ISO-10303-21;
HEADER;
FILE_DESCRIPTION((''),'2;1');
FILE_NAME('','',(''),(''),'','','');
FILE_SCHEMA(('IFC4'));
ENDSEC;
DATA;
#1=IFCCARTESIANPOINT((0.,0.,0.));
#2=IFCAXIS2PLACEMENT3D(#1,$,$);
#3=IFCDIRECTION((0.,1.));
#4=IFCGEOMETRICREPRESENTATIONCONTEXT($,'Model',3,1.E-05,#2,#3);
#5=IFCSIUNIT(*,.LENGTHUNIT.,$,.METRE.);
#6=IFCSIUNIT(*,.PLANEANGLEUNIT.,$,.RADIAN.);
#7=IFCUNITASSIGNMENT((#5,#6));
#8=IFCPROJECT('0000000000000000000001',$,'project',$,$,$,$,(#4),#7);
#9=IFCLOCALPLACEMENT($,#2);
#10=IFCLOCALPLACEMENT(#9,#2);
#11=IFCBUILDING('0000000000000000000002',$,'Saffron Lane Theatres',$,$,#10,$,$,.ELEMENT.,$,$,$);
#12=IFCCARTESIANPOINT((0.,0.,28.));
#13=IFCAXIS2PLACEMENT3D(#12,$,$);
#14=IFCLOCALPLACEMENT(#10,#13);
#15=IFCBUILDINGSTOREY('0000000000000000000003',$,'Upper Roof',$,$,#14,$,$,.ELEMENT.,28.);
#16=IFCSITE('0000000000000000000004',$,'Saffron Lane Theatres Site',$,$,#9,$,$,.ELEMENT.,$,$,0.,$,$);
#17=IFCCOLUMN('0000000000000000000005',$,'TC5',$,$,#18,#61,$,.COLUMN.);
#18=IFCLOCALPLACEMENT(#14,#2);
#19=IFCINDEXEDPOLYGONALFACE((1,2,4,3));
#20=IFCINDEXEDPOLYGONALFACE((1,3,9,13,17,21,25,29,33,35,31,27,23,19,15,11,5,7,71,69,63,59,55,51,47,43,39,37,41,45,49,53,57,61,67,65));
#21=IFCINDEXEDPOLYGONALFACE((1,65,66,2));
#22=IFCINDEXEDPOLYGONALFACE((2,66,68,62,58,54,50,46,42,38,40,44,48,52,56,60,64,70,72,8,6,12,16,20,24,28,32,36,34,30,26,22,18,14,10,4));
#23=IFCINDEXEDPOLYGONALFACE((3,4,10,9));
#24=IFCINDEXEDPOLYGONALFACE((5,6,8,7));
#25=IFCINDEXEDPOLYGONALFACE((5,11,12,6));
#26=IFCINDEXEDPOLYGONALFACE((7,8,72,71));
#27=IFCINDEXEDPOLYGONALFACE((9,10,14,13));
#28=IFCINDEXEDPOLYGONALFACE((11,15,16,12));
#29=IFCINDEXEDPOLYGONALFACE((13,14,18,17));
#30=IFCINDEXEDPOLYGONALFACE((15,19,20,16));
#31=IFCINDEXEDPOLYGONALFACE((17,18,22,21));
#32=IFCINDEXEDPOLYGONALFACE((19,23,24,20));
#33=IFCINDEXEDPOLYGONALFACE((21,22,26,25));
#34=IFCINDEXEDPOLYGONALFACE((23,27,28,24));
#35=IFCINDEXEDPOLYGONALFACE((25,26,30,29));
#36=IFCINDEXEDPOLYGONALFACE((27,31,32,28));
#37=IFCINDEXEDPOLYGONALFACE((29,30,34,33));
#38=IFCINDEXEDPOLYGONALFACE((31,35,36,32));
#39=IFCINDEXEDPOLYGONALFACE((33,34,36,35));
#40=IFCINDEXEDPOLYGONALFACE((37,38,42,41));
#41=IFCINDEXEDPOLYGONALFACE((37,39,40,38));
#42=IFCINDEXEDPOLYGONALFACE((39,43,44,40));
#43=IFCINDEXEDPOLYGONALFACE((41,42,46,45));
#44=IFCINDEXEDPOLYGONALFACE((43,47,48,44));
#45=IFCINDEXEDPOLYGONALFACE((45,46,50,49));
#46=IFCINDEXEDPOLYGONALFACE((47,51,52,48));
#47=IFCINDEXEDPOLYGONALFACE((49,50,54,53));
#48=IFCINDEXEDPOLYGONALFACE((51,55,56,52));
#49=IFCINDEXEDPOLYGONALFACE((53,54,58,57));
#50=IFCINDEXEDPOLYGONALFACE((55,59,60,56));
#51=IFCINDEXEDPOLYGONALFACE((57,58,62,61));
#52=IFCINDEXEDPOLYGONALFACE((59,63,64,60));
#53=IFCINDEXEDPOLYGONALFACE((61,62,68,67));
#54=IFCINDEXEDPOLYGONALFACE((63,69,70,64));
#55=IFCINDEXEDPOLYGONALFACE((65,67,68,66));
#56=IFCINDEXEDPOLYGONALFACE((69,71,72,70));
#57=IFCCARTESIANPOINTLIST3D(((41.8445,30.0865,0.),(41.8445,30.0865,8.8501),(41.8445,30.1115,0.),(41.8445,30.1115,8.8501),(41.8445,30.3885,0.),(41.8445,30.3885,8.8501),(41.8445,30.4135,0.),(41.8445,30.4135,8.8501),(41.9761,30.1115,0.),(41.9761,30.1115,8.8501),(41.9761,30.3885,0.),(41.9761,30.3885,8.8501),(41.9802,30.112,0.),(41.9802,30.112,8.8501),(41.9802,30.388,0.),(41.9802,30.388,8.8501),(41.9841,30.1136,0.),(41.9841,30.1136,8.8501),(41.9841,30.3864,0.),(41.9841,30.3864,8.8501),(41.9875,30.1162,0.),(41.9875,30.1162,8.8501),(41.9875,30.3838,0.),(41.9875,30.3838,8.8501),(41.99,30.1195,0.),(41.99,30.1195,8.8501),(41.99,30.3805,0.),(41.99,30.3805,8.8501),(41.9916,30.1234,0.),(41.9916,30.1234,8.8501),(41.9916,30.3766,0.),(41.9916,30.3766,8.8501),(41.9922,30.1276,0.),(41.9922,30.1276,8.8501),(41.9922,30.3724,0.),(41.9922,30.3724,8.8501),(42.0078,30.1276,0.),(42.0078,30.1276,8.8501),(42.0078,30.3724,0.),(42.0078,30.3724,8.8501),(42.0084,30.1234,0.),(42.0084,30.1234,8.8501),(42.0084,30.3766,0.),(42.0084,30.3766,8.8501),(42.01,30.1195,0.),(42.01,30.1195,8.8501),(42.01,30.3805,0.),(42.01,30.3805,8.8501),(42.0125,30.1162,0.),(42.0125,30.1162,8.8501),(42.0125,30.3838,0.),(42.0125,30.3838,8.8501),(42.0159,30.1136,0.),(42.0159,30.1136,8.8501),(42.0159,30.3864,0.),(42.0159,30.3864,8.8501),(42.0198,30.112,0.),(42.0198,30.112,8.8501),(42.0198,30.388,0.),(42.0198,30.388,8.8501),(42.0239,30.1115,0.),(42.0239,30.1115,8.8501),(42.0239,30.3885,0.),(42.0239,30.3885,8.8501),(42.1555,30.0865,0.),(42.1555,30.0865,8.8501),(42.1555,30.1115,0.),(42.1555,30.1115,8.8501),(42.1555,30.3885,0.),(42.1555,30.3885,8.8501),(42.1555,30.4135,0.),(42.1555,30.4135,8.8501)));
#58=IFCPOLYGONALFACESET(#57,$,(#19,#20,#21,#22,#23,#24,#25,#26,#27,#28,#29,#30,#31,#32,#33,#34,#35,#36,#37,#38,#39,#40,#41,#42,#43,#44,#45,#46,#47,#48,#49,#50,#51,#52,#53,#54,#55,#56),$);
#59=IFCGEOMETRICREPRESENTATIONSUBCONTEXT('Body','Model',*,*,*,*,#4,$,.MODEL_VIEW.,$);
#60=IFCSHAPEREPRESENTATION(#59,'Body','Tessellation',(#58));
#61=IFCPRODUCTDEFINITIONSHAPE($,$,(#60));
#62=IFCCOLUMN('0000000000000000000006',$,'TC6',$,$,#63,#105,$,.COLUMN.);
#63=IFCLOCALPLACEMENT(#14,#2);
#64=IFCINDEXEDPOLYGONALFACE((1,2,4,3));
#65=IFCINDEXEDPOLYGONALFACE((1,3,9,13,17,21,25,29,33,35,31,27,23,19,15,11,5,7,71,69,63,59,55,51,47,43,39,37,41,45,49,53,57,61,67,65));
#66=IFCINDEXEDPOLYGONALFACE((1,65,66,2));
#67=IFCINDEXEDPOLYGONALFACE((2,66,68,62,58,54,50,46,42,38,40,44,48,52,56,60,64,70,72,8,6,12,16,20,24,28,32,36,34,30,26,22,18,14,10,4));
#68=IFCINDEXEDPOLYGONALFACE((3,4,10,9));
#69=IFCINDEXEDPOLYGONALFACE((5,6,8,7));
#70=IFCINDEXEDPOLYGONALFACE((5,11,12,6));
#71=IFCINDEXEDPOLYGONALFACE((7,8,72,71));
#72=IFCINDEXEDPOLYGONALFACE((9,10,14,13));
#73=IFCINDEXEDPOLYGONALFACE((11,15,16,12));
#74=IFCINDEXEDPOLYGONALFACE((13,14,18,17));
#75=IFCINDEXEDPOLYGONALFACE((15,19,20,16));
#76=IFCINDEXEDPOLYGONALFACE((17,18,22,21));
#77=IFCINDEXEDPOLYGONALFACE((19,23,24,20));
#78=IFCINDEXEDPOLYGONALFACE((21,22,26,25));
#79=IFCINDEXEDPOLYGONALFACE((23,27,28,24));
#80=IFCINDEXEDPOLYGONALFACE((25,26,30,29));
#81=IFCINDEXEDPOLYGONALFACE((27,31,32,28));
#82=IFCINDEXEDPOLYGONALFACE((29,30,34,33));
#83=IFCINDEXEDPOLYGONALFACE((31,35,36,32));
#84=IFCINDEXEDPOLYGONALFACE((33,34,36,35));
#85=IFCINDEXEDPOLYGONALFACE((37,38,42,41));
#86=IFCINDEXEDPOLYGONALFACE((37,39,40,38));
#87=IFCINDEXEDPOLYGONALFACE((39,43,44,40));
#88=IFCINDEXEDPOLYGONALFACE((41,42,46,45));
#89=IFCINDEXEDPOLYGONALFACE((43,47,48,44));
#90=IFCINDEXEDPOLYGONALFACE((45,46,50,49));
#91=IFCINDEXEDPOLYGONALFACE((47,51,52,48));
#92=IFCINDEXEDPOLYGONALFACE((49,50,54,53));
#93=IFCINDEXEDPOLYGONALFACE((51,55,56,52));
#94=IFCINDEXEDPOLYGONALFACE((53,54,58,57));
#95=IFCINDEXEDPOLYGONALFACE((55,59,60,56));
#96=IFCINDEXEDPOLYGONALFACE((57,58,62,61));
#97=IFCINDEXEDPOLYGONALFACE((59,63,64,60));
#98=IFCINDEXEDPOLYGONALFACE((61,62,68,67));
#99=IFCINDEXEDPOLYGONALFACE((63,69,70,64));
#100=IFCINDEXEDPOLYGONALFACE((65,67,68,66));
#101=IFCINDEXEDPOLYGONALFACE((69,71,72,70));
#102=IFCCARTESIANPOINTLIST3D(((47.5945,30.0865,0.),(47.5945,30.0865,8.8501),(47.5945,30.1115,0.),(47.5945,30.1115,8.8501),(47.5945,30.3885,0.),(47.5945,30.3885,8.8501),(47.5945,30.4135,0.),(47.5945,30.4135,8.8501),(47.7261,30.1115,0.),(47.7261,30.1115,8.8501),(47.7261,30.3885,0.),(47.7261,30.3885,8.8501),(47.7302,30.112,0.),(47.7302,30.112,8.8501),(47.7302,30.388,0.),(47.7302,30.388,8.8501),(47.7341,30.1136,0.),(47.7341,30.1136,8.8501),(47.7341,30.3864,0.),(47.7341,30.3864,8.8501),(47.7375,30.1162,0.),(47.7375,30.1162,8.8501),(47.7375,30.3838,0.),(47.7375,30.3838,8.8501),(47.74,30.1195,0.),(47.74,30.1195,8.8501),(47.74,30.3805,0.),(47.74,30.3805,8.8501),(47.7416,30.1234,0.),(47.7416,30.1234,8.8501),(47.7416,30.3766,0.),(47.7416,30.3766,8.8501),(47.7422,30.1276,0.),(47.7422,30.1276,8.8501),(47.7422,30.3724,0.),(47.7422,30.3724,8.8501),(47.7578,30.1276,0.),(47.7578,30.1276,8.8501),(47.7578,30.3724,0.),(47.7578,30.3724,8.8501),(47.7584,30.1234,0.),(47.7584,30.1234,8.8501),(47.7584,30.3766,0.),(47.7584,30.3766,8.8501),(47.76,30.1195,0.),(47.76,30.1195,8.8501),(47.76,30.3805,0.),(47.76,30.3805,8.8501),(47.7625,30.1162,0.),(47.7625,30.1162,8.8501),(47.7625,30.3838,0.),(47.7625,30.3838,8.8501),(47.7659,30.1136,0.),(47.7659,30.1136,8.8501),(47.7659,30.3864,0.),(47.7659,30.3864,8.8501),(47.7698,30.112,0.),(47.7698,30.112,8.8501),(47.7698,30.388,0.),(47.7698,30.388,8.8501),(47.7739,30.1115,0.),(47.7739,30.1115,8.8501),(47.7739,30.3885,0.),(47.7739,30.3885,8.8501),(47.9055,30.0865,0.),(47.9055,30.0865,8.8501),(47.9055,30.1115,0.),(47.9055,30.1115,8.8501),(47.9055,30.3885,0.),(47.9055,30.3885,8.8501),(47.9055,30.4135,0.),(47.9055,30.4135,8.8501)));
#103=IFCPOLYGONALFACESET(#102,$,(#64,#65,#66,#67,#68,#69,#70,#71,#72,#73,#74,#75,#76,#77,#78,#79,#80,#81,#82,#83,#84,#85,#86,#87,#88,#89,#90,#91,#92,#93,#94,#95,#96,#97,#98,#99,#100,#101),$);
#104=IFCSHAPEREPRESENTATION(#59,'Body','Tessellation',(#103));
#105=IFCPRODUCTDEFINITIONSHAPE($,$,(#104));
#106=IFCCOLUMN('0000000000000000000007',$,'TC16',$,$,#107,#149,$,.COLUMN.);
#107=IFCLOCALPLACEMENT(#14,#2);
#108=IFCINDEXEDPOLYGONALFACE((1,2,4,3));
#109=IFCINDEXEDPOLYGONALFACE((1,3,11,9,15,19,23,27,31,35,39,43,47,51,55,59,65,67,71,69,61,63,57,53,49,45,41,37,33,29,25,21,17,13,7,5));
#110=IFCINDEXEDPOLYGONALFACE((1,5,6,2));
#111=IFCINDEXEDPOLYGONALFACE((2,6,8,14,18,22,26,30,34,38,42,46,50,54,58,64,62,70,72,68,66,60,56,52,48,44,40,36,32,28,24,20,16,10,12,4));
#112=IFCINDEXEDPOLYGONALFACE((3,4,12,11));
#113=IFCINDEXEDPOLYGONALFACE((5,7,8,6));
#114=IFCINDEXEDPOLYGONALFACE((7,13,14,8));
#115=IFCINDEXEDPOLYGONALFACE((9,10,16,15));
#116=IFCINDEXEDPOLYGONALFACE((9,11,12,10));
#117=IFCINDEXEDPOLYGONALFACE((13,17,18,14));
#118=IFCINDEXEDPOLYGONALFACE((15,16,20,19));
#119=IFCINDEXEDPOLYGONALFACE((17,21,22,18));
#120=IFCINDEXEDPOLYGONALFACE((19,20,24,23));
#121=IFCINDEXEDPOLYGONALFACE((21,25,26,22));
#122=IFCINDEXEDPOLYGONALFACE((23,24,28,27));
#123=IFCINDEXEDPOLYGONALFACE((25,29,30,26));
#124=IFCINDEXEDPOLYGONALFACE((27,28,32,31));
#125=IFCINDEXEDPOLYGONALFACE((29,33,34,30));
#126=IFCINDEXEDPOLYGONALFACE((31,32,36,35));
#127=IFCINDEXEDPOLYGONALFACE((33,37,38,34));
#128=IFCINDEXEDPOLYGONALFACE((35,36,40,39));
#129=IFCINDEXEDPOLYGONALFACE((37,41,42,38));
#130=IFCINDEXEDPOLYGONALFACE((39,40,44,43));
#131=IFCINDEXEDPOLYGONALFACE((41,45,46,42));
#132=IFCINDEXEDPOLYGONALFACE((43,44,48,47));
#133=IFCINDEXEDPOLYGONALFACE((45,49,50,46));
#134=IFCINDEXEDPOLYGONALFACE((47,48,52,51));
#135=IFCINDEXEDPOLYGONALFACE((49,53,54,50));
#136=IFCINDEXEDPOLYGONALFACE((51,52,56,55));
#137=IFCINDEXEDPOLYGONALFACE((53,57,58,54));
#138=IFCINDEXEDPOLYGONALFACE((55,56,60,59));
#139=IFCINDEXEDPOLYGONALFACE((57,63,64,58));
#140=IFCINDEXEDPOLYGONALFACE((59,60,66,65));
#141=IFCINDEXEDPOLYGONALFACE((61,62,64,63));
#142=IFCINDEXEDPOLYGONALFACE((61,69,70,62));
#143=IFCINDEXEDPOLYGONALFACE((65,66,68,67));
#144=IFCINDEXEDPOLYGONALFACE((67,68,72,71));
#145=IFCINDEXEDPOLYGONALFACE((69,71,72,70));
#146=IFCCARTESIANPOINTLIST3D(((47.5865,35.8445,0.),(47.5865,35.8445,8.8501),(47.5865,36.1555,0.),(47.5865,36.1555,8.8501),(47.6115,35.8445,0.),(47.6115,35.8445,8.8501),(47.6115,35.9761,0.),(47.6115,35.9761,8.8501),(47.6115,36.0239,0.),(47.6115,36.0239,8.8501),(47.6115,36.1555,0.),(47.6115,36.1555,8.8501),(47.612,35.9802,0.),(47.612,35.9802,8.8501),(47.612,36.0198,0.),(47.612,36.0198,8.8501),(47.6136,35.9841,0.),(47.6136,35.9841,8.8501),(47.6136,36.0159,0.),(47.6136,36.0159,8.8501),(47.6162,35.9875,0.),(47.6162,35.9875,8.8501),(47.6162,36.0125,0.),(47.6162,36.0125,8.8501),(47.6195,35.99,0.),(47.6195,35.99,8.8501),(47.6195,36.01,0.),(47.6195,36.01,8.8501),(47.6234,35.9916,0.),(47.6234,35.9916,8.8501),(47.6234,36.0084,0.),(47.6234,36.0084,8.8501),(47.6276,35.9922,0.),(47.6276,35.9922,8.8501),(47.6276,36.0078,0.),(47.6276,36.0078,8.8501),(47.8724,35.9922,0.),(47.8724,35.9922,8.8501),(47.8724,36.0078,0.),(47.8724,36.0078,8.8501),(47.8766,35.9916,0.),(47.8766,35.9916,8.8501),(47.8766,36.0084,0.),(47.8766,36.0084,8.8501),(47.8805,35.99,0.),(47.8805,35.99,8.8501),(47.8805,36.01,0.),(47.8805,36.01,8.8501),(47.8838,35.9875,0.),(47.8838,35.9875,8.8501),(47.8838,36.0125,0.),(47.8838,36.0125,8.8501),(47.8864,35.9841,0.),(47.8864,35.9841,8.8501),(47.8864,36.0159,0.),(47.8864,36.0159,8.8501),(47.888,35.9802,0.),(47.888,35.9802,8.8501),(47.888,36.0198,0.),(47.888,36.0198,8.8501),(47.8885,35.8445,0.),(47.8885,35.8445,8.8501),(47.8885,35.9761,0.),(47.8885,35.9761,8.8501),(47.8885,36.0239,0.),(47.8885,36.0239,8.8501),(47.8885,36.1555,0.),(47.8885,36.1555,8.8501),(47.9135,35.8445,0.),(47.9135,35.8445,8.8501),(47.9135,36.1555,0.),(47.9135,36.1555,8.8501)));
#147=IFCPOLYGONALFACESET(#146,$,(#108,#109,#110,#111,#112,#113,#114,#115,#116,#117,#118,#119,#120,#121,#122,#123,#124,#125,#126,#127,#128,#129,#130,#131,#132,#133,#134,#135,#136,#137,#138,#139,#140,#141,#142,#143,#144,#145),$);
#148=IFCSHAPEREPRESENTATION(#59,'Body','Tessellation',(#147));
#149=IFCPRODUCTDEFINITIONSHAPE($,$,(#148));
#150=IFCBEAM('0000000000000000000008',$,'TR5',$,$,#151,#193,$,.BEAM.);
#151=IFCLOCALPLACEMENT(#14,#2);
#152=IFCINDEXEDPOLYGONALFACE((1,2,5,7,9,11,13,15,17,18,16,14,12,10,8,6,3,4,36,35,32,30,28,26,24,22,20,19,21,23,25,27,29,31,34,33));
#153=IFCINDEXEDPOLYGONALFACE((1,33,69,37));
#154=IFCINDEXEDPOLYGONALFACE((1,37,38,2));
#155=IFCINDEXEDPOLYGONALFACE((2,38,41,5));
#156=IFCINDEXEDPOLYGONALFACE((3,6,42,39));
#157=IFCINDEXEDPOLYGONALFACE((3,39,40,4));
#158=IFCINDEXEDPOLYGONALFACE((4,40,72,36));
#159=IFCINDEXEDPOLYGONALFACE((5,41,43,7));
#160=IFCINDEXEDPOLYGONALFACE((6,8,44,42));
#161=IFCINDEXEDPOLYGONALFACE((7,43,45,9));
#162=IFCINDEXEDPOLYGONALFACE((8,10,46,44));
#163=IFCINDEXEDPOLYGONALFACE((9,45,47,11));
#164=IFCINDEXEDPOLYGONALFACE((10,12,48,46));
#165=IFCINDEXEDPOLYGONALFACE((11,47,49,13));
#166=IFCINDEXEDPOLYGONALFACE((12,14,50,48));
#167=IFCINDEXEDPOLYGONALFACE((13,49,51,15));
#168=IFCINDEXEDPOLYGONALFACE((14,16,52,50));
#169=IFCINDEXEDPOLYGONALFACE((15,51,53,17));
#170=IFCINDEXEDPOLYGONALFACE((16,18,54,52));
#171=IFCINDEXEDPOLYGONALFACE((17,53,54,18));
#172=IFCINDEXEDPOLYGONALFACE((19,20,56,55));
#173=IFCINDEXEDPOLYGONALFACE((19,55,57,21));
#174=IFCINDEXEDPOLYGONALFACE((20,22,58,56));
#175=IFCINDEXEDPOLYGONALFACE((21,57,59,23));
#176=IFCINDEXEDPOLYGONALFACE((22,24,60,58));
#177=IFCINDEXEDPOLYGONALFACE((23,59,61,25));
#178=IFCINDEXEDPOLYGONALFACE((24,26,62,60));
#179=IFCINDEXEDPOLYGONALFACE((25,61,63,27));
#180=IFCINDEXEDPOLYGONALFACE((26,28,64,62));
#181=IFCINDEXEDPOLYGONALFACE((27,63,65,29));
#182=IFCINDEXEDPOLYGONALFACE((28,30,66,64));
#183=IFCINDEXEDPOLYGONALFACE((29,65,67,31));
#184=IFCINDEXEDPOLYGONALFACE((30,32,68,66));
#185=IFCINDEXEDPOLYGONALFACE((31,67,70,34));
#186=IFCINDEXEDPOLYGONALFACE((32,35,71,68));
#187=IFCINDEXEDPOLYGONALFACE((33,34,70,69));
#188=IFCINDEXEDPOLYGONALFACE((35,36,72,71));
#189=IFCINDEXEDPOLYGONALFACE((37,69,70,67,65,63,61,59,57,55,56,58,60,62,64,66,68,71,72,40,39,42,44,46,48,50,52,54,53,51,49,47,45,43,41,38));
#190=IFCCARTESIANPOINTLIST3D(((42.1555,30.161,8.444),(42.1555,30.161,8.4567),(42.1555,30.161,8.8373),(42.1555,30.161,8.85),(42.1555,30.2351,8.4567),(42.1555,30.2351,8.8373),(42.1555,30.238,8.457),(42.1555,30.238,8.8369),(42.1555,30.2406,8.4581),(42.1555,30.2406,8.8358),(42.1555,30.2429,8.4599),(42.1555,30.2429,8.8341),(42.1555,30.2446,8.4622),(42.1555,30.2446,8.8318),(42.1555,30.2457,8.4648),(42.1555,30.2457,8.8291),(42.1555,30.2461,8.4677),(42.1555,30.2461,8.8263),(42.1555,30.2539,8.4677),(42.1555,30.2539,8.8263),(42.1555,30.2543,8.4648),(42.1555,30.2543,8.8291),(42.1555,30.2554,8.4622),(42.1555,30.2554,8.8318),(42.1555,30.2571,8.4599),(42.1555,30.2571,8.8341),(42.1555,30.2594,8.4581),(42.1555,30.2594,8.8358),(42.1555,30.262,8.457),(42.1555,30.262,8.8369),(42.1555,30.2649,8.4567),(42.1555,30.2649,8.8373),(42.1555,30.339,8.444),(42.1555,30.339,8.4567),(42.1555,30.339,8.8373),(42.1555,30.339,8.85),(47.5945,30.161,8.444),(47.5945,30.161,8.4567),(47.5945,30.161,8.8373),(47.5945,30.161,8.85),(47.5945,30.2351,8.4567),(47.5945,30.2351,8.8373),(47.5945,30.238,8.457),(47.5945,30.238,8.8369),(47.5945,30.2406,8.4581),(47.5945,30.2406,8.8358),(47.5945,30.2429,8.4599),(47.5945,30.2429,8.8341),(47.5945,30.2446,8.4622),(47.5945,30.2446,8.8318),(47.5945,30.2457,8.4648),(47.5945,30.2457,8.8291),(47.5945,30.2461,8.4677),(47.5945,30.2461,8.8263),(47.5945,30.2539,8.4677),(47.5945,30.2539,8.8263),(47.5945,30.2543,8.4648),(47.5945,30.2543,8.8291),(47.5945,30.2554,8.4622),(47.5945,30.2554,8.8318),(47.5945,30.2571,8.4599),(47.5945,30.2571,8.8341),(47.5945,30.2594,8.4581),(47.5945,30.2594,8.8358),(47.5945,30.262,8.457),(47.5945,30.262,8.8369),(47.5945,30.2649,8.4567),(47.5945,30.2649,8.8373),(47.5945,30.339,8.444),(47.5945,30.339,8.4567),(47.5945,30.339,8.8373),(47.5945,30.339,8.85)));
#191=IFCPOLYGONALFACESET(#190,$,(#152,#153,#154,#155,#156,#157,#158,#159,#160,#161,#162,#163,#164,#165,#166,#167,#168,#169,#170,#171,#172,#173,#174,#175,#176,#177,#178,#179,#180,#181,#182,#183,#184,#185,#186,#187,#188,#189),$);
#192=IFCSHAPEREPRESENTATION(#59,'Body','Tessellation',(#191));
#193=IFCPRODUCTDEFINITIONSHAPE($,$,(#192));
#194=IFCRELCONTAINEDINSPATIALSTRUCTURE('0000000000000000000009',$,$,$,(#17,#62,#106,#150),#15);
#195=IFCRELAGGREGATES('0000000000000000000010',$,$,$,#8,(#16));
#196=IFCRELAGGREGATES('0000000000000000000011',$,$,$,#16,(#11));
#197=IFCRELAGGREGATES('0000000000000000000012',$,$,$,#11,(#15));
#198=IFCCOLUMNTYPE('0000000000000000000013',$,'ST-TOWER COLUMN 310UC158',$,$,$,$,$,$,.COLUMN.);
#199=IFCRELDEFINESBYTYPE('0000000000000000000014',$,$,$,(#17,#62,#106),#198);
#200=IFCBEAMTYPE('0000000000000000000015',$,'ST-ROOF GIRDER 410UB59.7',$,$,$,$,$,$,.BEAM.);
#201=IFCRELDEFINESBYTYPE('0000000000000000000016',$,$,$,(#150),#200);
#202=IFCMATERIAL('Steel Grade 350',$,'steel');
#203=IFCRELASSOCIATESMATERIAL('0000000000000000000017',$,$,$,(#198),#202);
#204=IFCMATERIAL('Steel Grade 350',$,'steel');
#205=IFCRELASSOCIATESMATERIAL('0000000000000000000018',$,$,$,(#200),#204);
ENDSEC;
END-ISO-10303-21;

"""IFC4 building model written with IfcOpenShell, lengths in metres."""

from ifc_helpers import new_model, si_unit, direction, frame, origin, origin_2d, place, context, subcontext, project, spatial, i_section, extrude, material, material_profile, profile_set, type_object, element, save


model = new_model("IFC4")

# Units and contexts
model_context = context("Model", 3, precision=1e-05, world=origin(), true_north=direction((0.0, 1.0)))
body_context = subcontext(model_context, "Body", "Model", "MODEL_VIEW")
ifc_project = project(units=[si_unit("LENGTHUNIT", "METRE"), si_unit("PLANEANGLEUNIT", "RADIAN")], contexts=[model_context])

# Site, building, storey
site_placement = place(None, origin())
site = spatial("IfcSite", under=ifc_project, at=site_placement, Name="Saffron Lane Theatres Site", CompositionType="ELEMENT", RefElevation=0.0)
building_placement = place(site_placement, origin())
building = spatial("IfcBuilding", under=site, at=building_placement, Name="Saffron Lane Theatres", CompositionType="ELEMENT")
storey_placement = place(building_placement, frame((0.0, 0.0, 28.0)))
storey = spatial("IfcBuildingStorey", under=building, at=storey_placement, Name="Upper Roof", CompositionType="ELEMENT", Elevation=28.0)

# Columns
ifc_material_1 = material(Name="Steel Grade 350", Category="steel")
ifc_material_profile_1 = material_profile(ifc_material_1, i_section(OverallWidth=0.311, OverallDepth=0.3269, WebThickness=0.0156, FlangeThickness=0.0249, FilletRadius=0.0161, at=origin_2d()))
ifc_profile_set_1 = profile_set([ifc_material_profile_1], Name="Steel Grade 350")
column_type = type_object("IfcColumnType", Name="ST-TOWER COLUMN 310UC158", PredefinedType="COLUMN", material=ifc_profile_set_1)
for number, where, z_axis, x_axis, name in (
    (1, (42.0, 30.25, 0.0), (0.0, 0.0, 1.0), (1.0, 0.0, 0.0), "TC5"),
    (2, (47.75, 30.25, 0.0), (0.0, 0.0, 1.0), (1.0, 0.0, 0.0), "TC6"),
    (3, (47.75, 36.0, 0.0), (0.0, 0.0, 1.0), (0.0, 1.0, 0.0), "TC16"),
):
    element("IfcColumn", number, at=place(storey_placement, frame(where, z_axis=z_axis, x_axis=x_axis)), inside=storey, type_object=column_type, Name=name, PredefinedType="COLUMN", context=body_context, shape_type="SweptSolid", body=[
        extrude(i_section(OverallWidth=0.311, OverallDepth=0.3269, WebThickness=0.0156, FlangeThickness=0.0249, FilletRadius=0.0161, at=origin_2d()), origin(), (0.0, 0.0, 1.0), 8.8501),
    ])

# Beam
ifc_material_2 = material(Name="Steel Grade 350", Category="steel")
ifc_material_profile_2 = material_profile(ifc_material_2, i_section(OverallWidth=0.178, OverallDepth=0.406, WebThickness=0.0078, FlangeThickness=0.0127, FilletRadius=0.011, at=origin_2d()))
ifc_profile_set_2 = profile_set([ifc_material_profile_2], Name="Steel Grade 350")
beam_type_1 = type_object("IfcBeamType", Name="ST-ROOF GIRDER 410UB59.7", PredefinedType="BEAM", material=ifc_profile_set_2)
beam_1_placement = place(storey_placement, frame((42.1555, 30.25, 8.647), z_axis=(1.0, 0.0, 0.0), x_axis=(0.0, 1.0, 0.0)))
element("IfcBeam", 4, at=beam_1_placement, inside=storey, type_object=beam_type_1, Name="TR5", PredefinedType="BEAM", context=body_context, shape_type="SweptSolid", body=[
    extrude(i_section(OverallWidth=0.178, OverallDepth=0.406, WebThickness=0.0078, FlangeThickness=0.0127, FilletRadius=0.011, at=origin_2d()), origin(), (0.0, 0.0, 1.0), 5.439),
])

save(model, "model.ifc")
